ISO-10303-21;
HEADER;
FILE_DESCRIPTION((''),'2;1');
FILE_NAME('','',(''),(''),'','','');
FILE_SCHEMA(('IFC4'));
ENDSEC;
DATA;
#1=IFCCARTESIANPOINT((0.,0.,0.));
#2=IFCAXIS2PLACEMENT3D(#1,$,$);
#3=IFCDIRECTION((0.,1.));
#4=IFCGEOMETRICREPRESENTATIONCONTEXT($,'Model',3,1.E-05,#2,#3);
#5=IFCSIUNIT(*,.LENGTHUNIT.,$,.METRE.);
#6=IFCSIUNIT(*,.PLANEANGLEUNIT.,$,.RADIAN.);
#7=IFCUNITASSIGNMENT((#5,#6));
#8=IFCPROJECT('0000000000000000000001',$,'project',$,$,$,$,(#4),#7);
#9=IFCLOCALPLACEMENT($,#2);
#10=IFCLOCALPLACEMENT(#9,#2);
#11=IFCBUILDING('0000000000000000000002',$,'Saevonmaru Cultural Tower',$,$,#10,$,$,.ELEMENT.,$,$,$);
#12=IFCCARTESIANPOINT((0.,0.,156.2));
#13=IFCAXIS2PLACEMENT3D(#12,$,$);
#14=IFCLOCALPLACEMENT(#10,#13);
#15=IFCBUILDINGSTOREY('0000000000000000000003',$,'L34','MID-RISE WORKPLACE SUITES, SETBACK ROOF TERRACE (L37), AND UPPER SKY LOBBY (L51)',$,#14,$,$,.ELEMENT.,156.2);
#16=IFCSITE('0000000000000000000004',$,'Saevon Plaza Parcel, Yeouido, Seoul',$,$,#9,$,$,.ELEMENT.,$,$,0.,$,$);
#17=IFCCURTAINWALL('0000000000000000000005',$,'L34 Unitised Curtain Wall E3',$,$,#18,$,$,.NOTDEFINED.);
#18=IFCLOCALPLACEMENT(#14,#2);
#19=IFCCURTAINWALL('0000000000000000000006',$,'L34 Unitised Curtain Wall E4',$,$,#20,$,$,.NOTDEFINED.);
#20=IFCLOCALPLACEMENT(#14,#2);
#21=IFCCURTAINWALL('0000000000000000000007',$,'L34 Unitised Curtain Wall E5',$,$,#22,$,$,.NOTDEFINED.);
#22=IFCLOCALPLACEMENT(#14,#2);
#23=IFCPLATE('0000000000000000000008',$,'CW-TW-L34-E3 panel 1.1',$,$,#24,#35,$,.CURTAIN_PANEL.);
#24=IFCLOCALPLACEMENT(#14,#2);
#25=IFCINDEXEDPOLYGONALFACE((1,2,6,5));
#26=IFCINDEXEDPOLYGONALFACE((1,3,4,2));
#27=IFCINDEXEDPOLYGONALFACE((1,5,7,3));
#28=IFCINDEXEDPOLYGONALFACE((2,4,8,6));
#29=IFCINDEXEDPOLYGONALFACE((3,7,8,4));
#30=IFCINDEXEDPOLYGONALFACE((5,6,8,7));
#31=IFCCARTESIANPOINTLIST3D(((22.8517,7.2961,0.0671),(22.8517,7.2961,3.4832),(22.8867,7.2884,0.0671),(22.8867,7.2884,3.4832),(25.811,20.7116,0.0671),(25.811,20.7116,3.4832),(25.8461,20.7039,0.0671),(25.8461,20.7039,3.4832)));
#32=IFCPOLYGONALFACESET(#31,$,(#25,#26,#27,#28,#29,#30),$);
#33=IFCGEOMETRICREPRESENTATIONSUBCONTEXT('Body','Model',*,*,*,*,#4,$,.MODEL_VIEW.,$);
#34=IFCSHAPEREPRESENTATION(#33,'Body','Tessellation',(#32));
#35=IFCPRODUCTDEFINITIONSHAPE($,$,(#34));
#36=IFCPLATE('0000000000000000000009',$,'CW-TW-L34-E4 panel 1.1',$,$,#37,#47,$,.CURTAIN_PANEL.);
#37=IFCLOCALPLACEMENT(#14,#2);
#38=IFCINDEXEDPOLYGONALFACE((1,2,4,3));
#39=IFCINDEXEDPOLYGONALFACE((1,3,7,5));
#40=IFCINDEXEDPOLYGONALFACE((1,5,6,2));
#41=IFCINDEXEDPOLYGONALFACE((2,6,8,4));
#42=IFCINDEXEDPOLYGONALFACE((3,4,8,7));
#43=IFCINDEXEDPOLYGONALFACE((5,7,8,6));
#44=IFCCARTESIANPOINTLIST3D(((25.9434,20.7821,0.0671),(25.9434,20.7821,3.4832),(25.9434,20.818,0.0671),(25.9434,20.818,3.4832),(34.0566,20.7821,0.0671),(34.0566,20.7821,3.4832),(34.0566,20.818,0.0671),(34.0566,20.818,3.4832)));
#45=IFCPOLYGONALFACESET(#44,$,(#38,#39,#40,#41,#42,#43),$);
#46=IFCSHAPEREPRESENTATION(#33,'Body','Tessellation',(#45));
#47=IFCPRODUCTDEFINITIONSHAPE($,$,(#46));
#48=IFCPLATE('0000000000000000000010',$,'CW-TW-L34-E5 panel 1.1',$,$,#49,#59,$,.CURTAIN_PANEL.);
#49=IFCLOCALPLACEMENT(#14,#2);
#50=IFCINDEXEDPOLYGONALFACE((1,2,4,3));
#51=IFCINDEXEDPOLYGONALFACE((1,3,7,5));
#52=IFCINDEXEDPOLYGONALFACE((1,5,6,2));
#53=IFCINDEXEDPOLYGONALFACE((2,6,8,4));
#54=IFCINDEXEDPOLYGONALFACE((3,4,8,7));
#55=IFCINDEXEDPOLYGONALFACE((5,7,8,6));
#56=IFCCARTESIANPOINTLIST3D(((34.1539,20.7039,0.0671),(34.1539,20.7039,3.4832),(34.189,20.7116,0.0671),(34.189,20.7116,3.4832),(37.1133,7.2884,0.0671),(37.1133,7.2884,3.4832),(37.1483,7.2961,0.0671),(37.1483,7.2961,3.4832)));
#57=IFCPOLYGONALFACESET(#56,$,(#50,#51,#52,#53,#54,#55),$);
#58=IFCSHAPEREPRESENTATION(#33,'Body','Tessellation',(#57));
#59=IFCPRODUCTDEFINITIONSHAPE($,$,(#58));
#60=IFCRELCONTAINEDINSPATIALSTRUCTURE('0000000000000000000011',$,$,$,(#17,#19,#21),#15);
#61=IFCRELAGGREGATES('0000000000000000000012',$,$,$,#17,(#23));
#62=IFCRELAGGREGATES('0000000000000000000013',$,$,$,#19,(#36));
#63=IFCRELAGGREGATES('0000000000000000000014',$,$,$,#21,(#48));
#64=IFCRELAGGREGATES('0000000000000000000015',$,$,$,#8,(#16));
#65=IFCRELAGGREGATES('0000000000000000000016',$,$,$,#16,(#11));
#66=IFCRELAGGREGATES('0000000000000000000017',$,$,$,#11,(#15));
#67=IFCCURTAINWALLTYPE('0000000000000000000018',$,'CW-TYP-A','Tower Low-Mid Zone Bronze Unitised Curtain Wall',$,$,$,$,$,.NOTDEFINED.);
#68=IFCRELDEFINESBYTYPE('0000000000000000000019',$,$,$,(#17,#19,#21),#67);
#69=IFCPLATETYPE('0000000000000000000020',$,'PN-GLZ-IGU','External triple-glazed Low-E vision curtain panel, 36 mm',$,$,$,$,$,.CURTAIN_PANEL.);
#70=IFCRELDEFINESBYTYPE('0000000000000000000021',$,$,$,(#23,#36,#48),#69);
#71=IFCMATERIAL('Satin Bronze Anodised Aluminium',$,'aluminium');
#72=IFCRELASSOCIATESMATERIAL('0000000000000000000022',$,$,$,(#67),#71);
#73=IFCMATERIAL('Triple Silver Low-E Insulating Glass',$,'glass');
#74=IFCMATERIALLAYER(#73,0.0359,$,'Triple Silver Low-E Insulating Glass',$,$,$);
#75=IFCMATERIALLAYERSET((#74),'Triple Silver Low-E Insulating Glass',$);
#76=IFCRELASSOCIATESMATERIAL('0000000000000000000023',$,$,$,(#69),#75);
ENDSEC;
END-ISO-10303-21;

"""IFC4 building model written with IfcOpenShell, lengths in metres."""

from ifc_helpers import new_model, si_unit, direction, frame, origin, origin_2d, place, context, subcontext, project, spatial, rectangle, extrude, material, layer, layer_set, type_object, element, aggregate, save


model = new_model("IFC4")

# Units and contexts
model_context = context("Model", 3, precision=1e-05, world=origin(), true_north=direction((0.0, 1.0)))
body_context = subcontext(model_context, "Body", "Model", "MODEL_VIEW")
ifc_project = project(units=[si_unit("LENGTHUNIT", "METRE"), si_unit("PLANEANGLEUNIT", "RADIAN")], contexts=[model_context])

# Site, building, storey
site_placement = place(None, origin())
site = spatial("IfcSite", under=ifc_project, at=site_placement, Name="Saevon Plaza Parcel, Yeouido, Seoul", CompositionType="ELEMENT", RefElevation=0.0)
building_placement = place(site_placement, origin())
building = spatial("IfcBuilding", under=site, at=building_placement, Name="Saevonmaru Cultural Tower", CompositionType="ELEMENT")
storey_placement = place(building_placement, frame((0.0, 0.0, 156.2)))
storey = spatial("IfcBuildingStorey", under=building, at=storey_placement, Name="L34", Description="MID-RISE WORKPLACE SUITES, SETBACK ROOF TERRACE (L37), AND UPPER SKY LOBBY (L51)", CompositionType="ELEMENT", Elevation=156.2)

# Curtain wall
ifc_material_1 = material(Name="Satin Bronze Anodised Aluminium", Category="aluminium")
curtain_wall_type_1 = type_object("IfcCurtainWallType", Name="CW-TYP-A", Description="Tower Low-Mid Zone Bronze Unitised Curtain Wall", PredefinedType="NOTDEFINED", material=ifc_material_1)
curtain_wall_1_placement = place(storey_placement, origin())
curtain_wall_1 = element("IfcCurtainWall", 1, at=curtain_wall_1_placement, inside=storey, type_object=curtain_wall_type_1, Name="L34 Unitised Curtain Wall E3", PredefinedType="NOTDEFINED")

# Curtain walls
curtain_wall_2_placement = place(storey_placement, origin())
curtain_wall_2 = element("IfcCurtainWall", 2, at=curtain_wall_2_placement, inside=storey, type_object=curtain_wall_type_1, Name="L34 Unitised Curtain Wall E4", PredefinedType="NOTDEFINED")
curtain_wall_3_placement = place(storey_placement, origin())
curtain_wall_3 = element("IfcCurtainWall", 3, at=curtain_wall_3_placement, inside=storey, type_object=curtain_wall_type_1, Name="L34 Unitised Curtain Wall E5", PredefinedType="NOTDEFINED")

# Plates
ifc_material_2 = material(Name="Triple Silver Low-E Insulating Glass", Category="glass")
ifc_layer_1 = layer(ifc_material_2, 0.0359, Name="Triple Silver Low-E Insulating Glass")
ifc_layer_set_1 = layer_set([ifc_layer_1], Name="Triple Silver Low-E Insulating Glass")
plate_type_1 = type_object("IfcPlateType", Name="PN-GLZ-IGU", Description="External triple-glazed Low-E vision curtain panel, 36 mm", PredefinedType="CURTAIN_PANEL", material=ifc_layer_set_1)
plate_1_placement = place(storey_placement, frame((24.3489, 14.0, 0.0671), z_axis=(0.0, 0.0, 1.0), x_axis=(0.215413, 0.976523, 0.0)))
plate_1 = element("IfcPlate", 4, at=plate_1_placement, type_object=plate_type_1, Name="CW-TW-L34-E3 panel 1.1", PredefinedType="CURTAIN_PANEL", context=body_context, shape_type="SweptSolid", body=[
    extrude(rectangle(XDim=13.738, YDim=0.0359, at=origin_2d()), origin(), (0.0, 0.0, 1.0), 3.416),
])
aggregate(curtain_wall_1, [plate_1])
plate_2_placement = place(storey_placement, frame((30.0, 20.8, 0.0671), z_axis=(0.0, 0.0, 1.0), x_axis=(1.0, 0.0, 0.0)))
plate_2 = element("IfcPlate", 5, at=plate_2_placement, type_object=plate_type_1, Name="CW-TW-L34-E4 panel 1.1", PredefinedType="CURTAIN_PANEL", context=body_context, shape_type="SweptSolid", body=[
    extrude(rectangle(XDim=8.1133, YDim=0.0359, at=origin_2d()), origin(), (0.0, 0.0, 1.0), 3.416),
])
aggregate(curtain_wall_2, [plate_2])
plate_3_placement = place(storey_placement, frame((35.6511, 14.0, 0.0671), z_axis=(0.0, 0.0, 1.0), x_axis=(0.215413, -0.976523, 0.0)))
plate_3 = element("IfcPlate", 6, at=plate_3_placement, type_object=plate_type_1, Name="CW-TW-L34-E5 panel 1.1", PredefinedType="CURTAIN_PANEL", context=body_context, shape_type="SweptSolid", body=[
    extrude(rectangle(XDim=13.738, YDim=0.0359, at=origin_2d()), origin(), (0.0, 0.0, 1.0), 3.416),
])
aggregate(curtain_wall_3, [plate_3])

save(model, "model.ifc")
